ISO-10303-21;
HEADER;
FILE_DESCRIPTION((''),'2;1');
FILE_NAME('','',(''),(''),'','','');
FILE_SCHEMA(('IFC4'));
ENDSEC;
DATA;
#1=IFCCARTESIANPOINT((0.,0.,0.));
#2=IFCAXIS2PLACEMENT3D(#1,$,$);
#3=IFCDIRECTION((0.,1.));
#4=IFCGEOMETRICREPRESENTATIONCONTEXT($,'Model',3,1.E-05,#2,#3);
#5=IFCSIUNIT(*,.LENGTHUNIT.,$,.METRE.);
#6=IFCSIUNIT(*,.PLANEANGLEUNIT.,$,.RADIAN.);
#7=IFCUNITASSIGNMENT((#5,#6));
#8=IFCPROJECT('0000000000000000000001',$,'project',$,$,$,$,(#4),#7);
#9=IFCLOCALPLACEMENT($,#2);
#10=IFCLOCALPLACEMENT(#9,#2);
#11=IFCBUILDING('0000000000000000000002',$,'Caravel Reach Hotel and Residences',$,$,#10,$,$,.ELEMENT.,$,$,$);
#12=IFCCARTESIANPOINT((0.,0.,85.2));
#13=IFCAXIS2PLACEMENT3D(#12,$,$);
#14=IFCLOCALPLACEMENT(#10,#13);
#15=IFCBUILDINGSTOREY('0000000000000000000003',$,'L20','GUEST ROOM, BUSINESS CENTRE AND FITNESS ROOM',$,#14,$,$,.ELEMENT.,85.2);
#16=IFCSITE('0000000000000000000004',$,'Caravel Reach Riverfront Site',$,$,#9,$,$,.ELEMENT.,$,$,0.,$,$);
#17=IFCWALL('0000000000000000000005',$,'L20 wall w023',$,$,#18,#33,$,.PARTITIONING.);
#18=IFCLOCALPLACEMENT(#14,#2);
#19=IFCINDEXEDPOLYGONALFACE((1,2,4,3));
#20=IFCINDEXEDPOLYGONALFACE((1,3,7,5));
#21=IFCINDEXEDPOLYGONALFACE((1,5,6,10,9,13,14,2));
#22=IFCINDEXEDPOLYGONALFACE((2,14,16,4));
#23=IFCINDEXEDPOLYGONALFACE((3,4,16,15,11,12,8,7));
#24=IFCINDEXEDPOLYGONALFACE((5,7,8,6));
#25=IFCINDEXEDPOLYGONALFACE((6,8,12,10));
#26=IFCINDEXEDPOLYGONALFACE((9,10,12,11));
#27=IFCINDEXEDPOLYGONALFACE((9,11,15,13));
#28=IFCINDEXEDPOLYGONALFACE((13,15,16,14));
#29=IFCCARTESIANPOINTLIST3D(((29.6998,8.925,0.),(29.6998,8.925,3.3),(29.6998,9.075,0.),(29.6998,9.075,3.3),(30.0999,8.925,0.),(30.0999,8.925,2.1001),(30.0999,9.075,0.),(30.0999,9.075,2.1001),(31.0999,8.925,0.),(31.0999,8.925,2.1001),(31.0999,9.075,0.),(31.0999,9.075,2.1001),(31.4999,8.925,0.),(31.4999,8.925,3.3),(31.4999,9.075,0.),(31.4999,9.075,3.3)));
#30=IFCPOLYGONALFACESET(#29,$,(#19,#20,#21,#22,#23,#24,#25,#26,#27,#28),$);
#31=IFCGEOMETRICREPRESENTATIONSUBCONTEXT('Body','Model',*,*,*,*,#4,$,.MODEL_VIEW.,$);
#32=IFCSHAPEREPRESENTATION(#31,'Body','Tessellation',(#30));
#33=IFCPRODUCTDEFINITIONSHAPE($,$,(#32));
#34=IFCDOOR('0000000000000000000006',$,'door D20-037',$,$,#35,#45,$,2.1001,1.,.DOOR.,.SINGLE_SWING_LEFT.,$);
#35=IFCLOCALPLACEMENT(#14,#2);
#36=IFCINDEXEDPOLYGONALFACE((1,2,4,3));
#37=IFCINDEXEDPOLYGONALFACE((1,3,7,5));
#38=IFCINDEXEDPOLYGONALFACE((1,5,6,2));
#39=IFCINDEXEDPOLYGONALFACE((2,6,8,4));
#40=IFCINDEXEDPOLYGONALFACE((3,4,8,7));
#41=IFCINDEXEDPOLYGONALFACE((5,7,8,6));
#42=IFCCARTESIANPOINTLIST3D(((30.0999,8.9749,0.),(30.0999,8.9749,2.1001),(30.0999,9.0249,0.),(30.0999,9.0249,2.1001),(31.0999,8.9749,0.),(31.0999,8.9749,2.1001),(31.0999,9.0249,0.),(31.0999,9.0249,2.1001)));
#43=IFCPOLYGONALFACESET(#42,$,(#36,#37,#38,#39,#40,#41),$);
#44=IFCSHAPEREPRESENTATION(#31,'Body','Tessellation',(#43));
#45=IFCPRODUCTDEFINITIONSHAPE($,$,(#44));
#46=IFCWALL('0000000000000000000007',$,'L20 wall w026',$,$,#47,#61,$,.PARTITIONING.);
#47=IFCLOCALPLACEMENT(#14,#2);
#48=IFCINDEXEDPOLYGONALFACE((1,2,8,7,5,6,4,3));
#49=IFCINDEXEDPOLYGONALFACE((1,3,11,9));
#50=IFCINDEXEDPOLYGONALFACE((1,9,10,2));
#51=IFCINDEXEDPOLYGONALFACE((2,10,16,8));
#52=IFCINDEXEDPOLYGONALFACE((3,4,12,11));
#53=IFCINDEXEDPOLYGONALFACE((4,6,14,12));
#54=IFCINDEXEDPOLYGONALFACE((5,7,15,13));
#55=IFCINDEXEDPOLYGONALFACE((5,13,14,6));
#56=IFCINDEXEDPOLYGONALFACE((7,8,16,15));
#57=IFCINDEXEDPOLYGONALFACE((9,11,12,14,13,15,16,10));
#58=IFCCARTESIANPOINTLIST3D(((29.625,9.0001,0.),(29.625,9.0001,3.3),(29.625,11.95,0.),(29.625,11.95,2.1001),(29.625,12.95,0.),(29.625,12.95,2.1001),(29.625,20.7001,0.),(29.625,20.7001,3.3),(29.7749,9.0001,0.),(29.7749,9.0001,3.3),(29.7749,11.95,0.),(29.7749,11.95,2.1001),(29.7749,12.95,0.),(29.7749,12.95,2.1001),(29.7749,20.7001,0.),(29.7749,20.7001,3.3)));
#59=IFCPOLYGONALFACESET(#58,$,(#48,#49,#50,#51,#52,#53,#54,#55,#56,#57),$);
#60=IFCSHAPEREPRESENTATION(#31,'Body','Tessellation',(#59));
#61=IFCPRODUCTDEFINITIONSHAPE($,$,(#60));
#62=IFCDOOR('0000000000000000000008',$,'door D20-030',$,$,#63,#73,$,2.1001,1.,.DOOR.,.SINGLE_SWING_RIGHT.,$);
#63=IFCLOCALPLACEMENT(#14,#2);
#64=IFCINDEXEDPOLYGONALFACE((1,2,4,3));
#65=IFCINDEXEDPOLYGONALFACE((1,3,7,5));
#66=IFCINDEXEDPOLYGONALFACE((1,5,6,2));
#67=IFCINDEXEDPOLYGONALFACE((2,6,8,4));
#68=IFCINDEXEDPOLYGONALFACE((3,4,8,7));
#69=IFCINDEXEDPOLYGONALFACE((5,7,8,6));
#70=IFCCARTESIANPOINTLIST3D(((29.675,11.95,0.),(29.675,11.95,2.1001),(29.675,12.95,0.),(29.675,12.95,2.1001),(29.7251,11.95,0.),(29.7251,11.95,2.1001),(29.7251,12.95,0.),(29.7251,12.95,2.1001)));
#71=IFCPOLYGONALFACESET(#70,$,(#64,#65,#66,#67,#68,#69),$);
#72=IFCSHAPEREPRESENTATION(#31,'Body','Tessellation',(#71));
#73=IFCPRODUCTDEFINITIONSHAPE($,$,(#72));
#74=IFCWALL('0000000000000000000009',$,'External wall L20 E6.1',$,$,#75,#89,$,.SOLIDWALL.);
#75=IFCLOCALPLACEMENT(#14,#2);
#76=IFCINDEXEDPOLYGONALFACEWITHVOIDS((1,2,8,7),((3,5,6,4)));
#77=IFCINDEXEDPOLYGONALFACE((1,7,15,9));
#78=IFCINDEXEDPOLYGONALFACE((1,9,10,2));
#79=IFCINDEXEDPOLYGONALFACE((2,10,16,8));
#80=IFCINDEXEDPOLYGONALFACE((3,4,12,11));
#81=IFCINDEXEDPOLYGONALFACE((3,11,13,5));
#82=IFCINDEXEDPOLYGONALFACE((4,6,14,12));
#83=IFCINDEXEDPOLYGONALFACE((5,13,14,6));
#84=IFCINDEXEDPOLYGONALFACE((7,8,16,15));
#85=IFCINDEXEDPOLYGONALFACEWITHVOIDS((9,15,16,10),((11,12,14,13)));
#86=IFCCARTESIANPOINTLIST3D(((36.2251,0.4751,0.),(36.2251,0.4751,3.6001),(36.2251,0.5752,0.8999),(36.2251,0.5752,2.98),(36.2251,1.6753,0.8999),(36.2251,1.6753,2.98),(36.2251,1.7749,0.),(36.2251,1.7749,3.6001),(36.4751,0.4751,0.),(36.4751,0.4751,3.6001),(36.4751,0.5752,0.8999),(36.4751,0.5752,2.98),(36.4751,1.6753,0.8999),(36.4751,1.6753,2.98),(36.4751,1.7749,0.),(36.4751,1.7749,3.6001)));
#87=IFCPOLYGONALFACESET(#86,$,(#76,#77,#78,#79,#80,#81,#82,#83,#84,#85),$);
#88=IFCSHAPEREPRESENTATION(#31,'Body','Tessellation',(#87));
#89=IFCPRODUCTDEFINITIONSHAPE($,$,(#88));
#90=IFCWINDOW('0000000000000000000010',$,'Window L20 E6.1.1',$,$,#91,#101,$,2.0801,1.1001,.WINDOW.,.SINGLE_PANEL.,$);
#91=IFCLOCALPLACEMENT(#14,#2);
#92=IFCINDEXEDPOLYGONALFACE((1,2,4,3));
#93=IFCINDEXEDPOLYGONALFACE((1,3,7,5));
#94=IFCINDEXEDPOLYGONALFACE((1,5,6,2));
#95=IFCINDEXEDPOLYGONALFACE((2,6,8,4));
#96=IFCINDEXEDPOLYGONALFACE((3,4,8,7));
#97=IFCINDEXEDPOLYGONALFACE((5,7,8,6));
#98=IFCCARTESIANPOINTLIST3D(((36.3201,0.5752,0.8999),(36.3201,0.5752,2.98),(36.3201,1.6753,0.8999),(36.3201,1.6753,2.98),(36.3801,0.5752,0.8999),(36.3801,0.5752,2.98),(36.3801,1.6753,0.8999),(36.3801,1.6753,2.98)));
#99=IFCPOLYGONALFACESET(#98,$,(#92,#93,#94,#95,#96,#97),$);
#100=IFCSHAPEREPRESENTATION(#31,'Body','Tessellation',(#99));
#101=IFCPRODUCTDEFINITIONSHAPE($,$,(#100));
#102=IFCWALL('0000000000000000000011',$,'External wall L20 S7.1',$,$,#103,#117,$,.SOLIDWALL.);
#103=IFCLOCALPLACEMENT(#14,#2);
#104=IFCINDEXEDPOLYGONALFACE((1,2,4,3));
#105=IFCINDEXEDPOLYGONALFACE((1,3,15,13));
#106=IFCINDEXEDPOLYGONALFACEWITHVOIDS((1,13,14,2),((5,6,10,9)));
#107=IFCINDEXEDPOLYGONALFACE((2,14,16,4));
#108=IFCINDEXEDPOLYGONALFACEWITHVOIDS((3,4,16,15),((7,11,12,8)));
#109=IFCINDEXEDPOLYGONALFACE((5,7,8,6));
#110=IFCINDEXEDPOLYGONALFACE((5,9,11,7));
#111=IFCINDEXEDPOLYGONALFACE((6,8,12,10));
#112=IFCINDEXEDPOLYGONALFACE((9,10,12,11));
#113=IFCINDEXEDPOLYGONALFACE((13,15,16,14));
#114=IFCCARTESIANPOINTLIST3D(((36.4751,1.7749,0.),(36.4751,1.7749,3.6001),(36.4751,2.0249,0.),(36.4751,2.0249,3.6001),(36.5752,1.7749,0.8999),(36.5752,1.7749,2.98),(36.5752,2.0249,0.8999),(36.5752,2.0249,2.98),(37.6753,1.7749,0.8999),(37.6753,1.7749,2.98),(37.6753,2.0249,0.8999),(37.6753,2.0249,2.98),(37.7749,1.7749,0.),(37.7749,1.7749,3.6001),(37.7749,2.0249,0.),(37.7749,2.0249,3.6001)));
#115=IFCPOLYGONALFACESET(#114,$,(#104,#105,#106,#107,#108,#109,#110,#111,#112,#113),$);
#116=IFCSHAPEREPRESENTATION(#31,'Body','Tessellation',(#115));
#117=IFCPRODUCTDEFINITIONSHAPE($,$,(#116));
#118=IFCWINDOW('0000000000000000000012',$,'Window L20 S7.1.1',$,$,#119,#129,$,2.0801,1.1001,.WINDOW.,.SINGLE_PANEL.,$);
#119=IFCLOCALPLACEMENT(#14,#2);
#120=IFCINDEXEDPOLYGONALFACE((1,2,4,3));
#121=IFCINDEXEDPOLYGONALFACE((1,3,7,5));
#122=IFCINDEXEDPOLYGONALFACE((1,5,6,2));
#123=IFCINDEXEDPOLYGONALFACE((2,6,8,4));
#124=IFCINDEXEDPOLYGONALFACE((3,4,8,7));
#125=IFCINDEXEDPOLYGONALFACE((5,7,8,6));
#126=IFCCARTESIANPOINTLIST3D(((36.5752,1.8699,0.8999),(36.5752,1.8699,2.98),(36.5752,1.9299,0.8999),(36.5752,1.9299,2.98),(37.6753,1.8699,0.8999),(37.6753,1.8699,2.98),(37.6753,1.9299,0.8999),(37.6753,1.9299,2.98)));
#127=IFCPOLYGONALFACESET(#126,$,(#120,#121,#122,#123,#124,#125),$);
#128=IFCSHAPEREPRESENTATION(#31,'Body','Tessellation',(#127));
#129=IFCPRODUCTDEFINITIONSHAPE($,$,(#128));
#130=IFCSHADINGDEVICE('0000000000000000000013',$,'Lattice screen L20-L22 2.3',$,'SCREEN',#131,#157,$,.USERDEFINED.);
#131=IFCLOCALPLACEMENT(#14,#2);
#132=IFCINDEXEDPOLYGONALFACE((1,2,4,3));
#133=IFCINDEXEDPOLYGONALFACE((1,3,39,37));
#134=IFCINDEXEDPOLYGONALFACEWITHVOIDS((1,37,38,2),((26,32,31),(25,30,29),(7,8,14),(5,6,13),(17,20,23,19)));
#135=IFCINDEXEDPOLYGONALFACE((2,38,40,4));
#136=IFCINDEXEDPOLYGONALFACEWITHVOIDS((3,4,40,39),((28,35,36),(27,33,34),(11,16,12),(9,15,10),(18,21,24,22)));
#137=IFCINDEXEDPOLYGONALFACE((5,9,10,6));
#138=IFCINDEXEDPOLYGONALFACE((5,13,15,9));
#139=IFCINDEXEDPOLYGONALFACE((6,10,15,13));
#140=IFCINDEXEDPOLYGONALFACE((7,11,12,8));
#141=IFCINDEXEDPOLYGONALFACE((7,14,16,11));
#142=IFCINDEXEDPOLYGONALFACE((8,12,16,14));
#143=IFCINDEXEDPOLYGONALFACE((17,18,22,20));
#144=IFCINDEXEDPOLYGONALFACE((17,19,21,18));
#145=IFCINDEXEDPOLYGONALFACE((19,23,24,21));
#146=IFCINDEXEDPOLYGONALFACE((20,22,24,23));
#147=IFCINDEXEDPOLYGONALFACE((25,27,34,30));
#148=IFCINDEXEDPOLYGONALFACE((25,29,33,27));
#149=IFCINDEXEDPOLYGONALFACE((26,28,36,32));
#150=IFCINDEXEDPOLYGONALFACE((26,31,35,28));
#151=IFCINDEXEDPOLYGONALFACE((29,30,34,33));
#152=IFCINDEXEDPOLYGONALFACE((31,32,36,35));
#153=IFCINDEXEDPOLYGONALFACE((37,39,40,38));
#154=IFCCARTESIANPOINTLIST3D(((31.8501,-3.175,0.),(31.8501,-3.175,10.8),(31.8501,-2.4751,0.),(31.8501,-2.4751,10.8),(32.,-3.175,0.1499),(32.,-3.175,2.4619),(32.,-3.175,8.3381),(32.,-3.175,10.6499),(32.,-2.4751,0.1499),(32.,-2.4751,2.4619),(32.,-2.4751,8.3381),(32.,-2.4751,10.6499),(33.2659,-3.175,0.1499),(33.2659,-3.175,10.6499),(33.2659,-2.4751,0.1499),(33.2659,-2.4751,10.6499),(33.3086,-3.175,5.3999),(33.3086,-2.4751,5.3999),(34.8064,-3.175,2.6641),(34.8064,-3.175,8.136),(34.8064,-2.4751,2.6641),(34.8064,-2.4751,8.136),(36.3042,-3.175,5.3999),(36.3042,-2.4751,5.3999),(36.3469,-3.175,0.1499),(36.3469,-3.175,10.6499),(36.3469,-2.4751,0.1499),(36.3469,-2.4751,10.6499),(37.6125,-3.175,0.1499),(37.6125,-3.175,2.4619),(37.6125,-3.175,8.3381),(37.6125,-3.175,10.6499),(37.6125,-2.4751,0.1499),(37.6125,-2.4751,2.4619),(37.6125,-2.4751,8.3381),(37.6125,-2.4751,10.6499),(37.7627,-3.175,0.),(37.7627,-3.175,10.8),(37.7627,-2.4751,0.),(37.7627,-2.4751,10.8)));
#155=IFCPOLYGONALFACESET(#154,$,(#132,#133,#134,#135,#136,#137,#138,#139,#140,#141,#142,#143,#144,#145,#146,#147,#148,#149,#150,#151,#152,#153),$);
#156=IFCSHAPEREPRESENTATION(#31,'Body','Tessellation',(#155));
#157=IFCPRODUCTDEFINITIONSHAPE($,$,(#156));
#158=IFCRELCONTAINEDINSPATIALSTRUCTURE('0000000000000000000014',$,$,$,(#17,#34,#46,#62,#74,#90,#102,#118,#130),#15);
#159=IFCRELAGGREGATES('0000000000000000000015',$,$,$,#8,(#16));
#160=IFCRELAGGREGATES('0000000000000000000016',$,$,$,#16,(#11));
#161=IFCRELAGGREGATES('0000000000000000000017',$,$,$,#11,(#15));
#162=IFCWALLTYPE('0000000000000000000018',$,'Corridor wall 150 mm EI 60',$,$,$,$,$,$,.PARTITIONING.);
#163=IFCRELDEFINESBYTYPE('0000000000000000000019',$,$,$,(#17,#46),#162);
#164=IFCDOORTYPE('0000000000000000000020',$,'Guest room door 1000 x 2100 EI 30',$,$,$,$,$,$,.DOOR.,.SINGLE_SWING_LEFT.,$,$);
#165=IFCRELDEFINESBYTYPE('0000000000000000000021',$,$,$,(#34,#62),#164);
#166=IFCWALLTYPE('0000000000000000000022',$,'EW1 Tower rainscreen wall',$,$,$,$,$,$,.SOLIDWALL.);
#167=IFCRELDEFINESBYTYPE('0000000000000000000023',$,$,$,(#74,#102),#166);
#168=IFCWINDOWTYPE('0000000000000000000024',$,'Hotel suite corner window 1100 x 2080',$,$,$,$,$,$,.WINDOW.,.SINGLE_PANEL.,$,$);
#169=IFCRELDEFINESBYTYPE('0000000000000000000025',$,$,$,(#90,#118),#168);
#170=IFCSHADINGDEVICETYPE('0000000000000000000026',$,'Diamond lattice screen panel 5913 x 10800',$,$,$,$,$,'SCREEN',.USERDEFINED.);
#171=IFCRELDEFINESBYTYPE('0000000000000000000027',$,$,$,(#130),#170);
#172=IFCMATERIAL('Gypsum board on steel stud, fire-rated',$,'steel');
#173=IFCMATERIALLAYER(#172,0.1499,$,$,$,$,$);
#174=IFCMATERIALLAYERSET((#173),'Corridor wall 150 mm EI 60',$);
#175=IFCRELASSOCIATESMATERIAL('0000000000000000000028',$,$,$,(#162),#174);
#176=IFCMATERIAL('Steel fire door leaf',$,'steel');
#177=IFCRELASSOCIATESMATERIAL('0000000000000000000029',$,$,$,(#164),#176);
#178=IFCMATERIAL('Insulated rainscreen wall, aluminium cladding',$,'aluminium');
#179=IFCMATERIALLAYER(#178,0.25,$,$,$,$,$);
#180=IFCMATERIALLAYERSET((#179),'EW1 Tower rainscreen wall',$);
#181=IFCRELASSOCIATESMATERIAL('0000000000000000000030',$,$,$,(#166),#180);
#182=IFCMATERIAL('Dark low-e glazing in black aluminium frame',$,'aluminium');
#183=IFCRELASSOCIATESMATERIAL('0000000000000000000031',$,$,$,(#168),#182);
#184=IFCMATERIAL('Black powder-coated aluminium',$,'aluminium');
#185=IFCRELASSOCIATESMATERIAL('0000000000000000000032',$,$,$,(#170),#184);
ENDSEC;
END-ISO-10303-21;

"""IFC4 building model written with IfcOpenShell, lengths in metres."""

from ifc_helpers import new_model, si_unit, direction, frame, frame_2d, origin, place, context, subcontext, project, spatial, polyline, rectangle, outline, extrude, material, layer, layer_set, type_object, element, fill, save


model = new_model("IFC4")

# Units and contexts
model_context = context("Model", 3, precision=1e-05, world=origin(), true_north=direction((0.0, 1.0)))
body_context = subcontext(model_context, "Body", "Model", "MODEL_VIEW")
ifc_project = project(units=[si_unit("LENGTHUNIT", "METRE"), si_unit("PLANEANGLEUNIT", "RADIAN")], contexts=[model_context])

# Site, building, storey
site_placement = place(None, origin())
site = spatial("IfcSite", under=ifc_project, at=site_placement, Name="Caravel Reach Riverfront Site", CompositionType="ELEMENT", RefElevation=0.0)
building_placement = place(site_placement, origin())
building = spatial("IfcBuilding", under=site, at=building_placement, Name="Caravel Reach Hotel and Residences", CompositionType="ELEMENT")
storey_placement = place(building_placement, frame((0.0, 0.0, 85.2)))
storey = spatial("IfcBuildingStorey", under=building, at=storey_placement, Name="L20", Description="GUEST ROOM, BUSINESS CENTRE AND FITNESS ROOM", CompositionType="ELEMENT", Elevation=85.2)

# Walls, openings, doors
ifc_material_1 = material(Name="Gypsum board on steel stud, fire-rated", Category="steel")
ifc_layer_1 = layer(ifc_material_1, 0.1499)
ifc_layer_set_1 = layer_set([ifc_layer_1], Name="Corridor wall 150 mm EI 60")
wall_type_1 = type_object("IfcWallType", Name="Corridor wall 150 mm EI 60", PredefinedType="PARTITIONING", material=ifc_layer_set_1)
wall_1_placement = place(storey_placement, frame((29.7, 9.0, 0.0), z_axis=(0.0, 0.0, 1.0), x_axis=(1.0, 0.0, 0.0)))
wall_1 = element("IfcWall", 1, at=wall_1_placement, inside=storey, type_object=wall_type_1, Name="L20 wall w023", PredefinedType="PARTITIONING", context=body_context, shape_type="SweptSolid", body=[
    extrude(rectangle(XDim=1.8, YDim=0.1499, at=frame_2d((0.8999, 0.0))), origin(), (0.0, 0.0, 1.0), 3.3),
])
opening_1_placement = place(wall_1_placement, frame((0.3999, 0.0, 0.0)))
opening_1 = element("IfcOpeningElement", 2, at=opening_1_placement, cuts=wall_1, PredefinedType="OPENING", context=body_context, shape_type="SweptSolid", body=[
    extrude(rectangle(XDim=1.0, YDim=2.1001, at=frame_2d((0.5, 1.05))), frame((0.0, 0.085, 0.0), z_axis=(0.0, -1.0, 0.0), x_axis=(1.0, 0.0, 0.0)), (0.0, 0.0, 1.0), 0.1699),
])
ifc_material_2 = material(Name="Steel fire door leaf", Category="steel")
door_type = type_object("IfcDoorType", Name="Guest room door 1000 x 2100 EI 30", OperationType="SINGLE_SWING_LEFT", PredefinedType="DOOR", material=ifc_material_2)
door_1_placement = place(opening_1_placement, origin())
door_1 = element("IfcDoor", 3, at=door_1_placement, inside=storey, type_object=door_type, Name="door D20-037", OperationType="SINGLE_SWING_LEFT", OverallHeight=2.1001, OverallWidth=1.0, PredefinedType="DOOR", context=body_context, shape_type="SweptSolid", body=[
    extrude(rectangle(XDim=1.0, YDim=2.1001, at=frame_2d((0.5, 1.05))), frame((0.0, 0.0249, 0.0), z_axis=(0.0, -1.0, 0.0), x_axis=(1.0, 0.0, 0.0)), (0.0, 0.0, 1.0), 0.05),
])
fill(opening_1, door_1)
wall_2_placement = place(storey_placement, frame((29.7, 9.0, 0.0), z_axis=(0.0, 0.0, 1.0), x_axis=(0.0, 1.0, 0.0)))
wall_2 = element("IfcWall", 4, at=wall_2_placement, inside=storey, type_object=wall_type_1, Name="L20 wall w026", PredefinedType="PARTITIONING", context=body_context, shape_type="SweptSolid", body=[
    extrude(rectangle(XDim=11.7, YDim=0.1499, at=frame_2d((5.8501, 0.0))), origin(), (0.0, 0.0, 1.0), 3.3),
])
opening_2_placement = place(wall_2_placement, frame((2.95, 0.0, 0.0)))
opening_2 = element("IfcOpeningElement", 5, at=opening_2_placement, cuts=wall_2, PredefinedType="OPENING", context=body_context, shape_type="SweptSolid", body=[
    extrude(rectangle(XDim=1.0, YDim=2.1001, at=frame_2d((0.5, 1.05))), frame((0.0, 0.085, 0.0), z_axis=(0.0, -1.0, 0.0), x_axis=(1.0, 0.0, 0.0)), (0.0, 0.0, 1.0), 0.1699),
])
door_2_placement = place(opening_2_placement, origin())
door_2 = element("IfcDoor", 6, at=door_2_placement, inside=storey, type_object=door_type, Name="door D20-030", OperationType="SINGLE_SWING_RIGHT", OverallHeight=2.1001, OverallWidth=1.0, PredefinedType="DOOR", context=body_context, shape_type="SweptSolid", body=[
    extrude(rectangle(XDim=1.0, YDim=2.1001, at=frame_2d((0.5, 1.05))), frame((0.0, 0.0249, 0.0), z_axis=(0.0, -1.0, 0.0), x_axis=(1.0, 0.0, 0.0)), (0.0, 0.0, 1.0), 0.05),
])
fill(opening_2, door_2)

# Walls, openings, windows
ifc_material_3 = material(Name="Insulated rainscreen wall, aluminium cladding", Category="aluminium")
ifc_layer_2 = layer(ifc_material_3, 0.25)
ifc_layer_set_2 = layer_set([ifc_layer_2], Name="EW1 Tower rainscreen wall")
wall_type_2 = type_object("IfcWallType", Name="EW1 Tower rainscreen wall", PredefinedType="SOLIDWALL", material=ifc_layer_set_2)
wall_3_placement = place(storey_placement, frame((36.3501, 0.4751, 0.0), z_axis=(0.0, 0.0, 1.0), x_axis=(0.0, 1.0, 0.0)))
wall_3 = element("IfcWall", 7, at=wall_3_placement, inside=storey, type_object=wall_type_2, Name="External wall L20 E6.1", PredefinedType="SOLIDWALL", context=body_context, shape_type="SweptSolid", body=[
    extrude(rectangle(XDim=1.2998, YDim=0.25, at=frame_2d((0.6499, 0.0))), origin(), (0.0, 0.0, 1.0), 3.6001),
])
opening_3_placement = place(wall_3_placement, frame((0.1001, 0.0, 0.8999)))
opening_3 = element("IfcOpeningElement", 8, at=opening_3_placement, cuts=wall_3, PredefinedType="OPENING", context=body_context, shape_type="SweptSolid", body=[
    extrude(rectangle(XDim=1.1001, YDim=2.0801, at=frame_2d((0.55, 1.04))), frame((0.0, 0.135, 0.0), z_axis=(0.0, -1.0, 0.0), x_axis=(1.0, 0.0, 0.0)), (0.0, 0.0, 1.0), 0.27),
])
ifc_material_4 = material(Name="Dark low-e glazing in black aluminium frame", Category="aluminium")
window_type = type_object("IfcWindowType", Name="Hotel suite corner window 1100 x 2080", PartitioningType="SINGLE_PANEL", PredefinedType="WINDOW", material=ifc_material_4)
window_1_placement = place(opening_3_placement, origin())
window_1 = element("IfcWindow", 9, at=window_1_placement, inside=storey, type_object=window_type, Name="Window L20 E6.1.1", OverallHeight=2.0801, OverallWidth=1.1001, PartitioningType="SINGLE_PANEL", PredefinedType="WINDOW", context=body_context, shape_type="SweptSolid", body=[
    extrude(rectangle(XDim=1.1001, YDim=2.0801, at=frame_2d((0.55, 1.04))), frame((0.0, 0.03, 0.0), z_axis=(0.0, -1.0, 0.0), x_axis=(1.0, 0.0, 0.0)), (0.0, 0.0, 1.0), 0.0601),
])
fill(opening_3, window_1)
wall_4_placement = place(storey_placement, frame((36.4751, 1.8999, 0.0), z_axis=(0.0, 0.0, 1.0), x_axis=(1.0, 0.0, 0.0)))
wall_4 = element("IfcWall", 10, at=wall_4_placement, inside=storey, type_object=wall_type_2, Name="External wall L20 S7.1", PredefinedType="SOLIDWALL", context=body_context, shape_type="SweptSolid", body=[
    extrude(rectangle(XDim=1.2998, YDim=0.25, at=frame_2d((0.6499, 0.0))), origin(), (0.0, 0.0, 1.0), 3.6001),
])
opening_4_placement = place(wall_4_placement, frame((0.1001, 0.0, 0.8999)))
opening_4 = element("IfcOpeningElement", 11, at=opening_4_placement, cuts=wall_4, PredefinedType="OPENING", context=body_context, shape_type="SweptSolid", body=[
    extrude(rectangle(XDim=1.1001, YDim=2.0801, at=frame_2d((0.55, 1.04))), frame((0.0, 0.135, 0.0), z_axis=(0.0, -1.0, 0.0), x_axis=(1.0, 0.0, 0.0)), (0.0, 0.0, 1.0), 0.27),
])
window_2_placement = place(opening_4_placement, origin())
window_2 = element("IfcWindow", 12, at=window_2_placement, inside=storey, type_object=window_type, Name="Window L20 S7.1.1", OverallHeight=2.0801, OverallWidth=1.1001, PartitioningType="SINGLE_PANEL", PredefinedType="WINDOW", context=body_context, shape_type="SweptSolid", body=[
    extrude(rectangle(XDim=1.1001, YDim=2.0801, at=frame_2d((0.55, 1.04))), frame((0.0, 0.03, 0.0), z_axis=(0.0, -1.0, 0.0), x_axis=(1.0, 0.0, 0.0)), (0.0, 0.0, 1.0), 0.0601),
])
fill(opening_4, window_2)

# Shading device
ifc_material_5 = material(Name="Black powder-coated aluminium", Category="aluminium")
shading_device_type = type_object("IfcShadingDeviceType", Name="Diamond lattice screen panel 5913 x 10800", ElementType="SCREEN", PredefinedType="USERDEFINED", material=ifc_material_5)
for number, where, z_axis, x_axis, name in (
    (13, (31.8501, -2.4751, 0.0), (0.0, -1.0, 0.0), (1.0, 0.0, 0.0), "Lattice screen L20-L22 2.3"),
):
    element("IfcShadingDevice", number, at=place(storey_placement, frame(where, z_axis=z_axis, x_axis=x_axis)), inside=storey, type_object=shading_device_type, Name=name, ObjectType="SCREEN", PredefinedType="USERDEFINED", context=body_context, shape_type="SweptSolid", body=[
        extrude(outline(polyline([(0.0, 0.0), (5.9126, 0.0), (5.9126, 10.8), (0.0, 10.8), (0.0, 0.0)]), holes=[polyline([(1.4158, 0.1499), (0.1499, 2.4619), (0.1499, 0.1499), (1.4158, 0.1499)]), polyline([(0.1499, 8.3381), (1.4158, 10.6499), (0.1499, 10.6499), (0.1499, 8.3381)]), polyline([(2.9563, 8.136), (1.4585, 5.3999), (2.9563, 2.6641), (4.4541, 5.3999), (2.9563, 8.136)]), polyline([(5.7625, 2.4619), (4.4968, 0.1499), (5.7625, 0.1499), (5.7625, 2.4619)]), polyline([(4.4968, 10.6499), (5.7625, 8.3381), (5.7625, 10.6499), (4.4968, 10.6499)])]), origin(), (0.0, 0.0, 1.0), 0.7),
    ])

save(model, "model.ifc")
